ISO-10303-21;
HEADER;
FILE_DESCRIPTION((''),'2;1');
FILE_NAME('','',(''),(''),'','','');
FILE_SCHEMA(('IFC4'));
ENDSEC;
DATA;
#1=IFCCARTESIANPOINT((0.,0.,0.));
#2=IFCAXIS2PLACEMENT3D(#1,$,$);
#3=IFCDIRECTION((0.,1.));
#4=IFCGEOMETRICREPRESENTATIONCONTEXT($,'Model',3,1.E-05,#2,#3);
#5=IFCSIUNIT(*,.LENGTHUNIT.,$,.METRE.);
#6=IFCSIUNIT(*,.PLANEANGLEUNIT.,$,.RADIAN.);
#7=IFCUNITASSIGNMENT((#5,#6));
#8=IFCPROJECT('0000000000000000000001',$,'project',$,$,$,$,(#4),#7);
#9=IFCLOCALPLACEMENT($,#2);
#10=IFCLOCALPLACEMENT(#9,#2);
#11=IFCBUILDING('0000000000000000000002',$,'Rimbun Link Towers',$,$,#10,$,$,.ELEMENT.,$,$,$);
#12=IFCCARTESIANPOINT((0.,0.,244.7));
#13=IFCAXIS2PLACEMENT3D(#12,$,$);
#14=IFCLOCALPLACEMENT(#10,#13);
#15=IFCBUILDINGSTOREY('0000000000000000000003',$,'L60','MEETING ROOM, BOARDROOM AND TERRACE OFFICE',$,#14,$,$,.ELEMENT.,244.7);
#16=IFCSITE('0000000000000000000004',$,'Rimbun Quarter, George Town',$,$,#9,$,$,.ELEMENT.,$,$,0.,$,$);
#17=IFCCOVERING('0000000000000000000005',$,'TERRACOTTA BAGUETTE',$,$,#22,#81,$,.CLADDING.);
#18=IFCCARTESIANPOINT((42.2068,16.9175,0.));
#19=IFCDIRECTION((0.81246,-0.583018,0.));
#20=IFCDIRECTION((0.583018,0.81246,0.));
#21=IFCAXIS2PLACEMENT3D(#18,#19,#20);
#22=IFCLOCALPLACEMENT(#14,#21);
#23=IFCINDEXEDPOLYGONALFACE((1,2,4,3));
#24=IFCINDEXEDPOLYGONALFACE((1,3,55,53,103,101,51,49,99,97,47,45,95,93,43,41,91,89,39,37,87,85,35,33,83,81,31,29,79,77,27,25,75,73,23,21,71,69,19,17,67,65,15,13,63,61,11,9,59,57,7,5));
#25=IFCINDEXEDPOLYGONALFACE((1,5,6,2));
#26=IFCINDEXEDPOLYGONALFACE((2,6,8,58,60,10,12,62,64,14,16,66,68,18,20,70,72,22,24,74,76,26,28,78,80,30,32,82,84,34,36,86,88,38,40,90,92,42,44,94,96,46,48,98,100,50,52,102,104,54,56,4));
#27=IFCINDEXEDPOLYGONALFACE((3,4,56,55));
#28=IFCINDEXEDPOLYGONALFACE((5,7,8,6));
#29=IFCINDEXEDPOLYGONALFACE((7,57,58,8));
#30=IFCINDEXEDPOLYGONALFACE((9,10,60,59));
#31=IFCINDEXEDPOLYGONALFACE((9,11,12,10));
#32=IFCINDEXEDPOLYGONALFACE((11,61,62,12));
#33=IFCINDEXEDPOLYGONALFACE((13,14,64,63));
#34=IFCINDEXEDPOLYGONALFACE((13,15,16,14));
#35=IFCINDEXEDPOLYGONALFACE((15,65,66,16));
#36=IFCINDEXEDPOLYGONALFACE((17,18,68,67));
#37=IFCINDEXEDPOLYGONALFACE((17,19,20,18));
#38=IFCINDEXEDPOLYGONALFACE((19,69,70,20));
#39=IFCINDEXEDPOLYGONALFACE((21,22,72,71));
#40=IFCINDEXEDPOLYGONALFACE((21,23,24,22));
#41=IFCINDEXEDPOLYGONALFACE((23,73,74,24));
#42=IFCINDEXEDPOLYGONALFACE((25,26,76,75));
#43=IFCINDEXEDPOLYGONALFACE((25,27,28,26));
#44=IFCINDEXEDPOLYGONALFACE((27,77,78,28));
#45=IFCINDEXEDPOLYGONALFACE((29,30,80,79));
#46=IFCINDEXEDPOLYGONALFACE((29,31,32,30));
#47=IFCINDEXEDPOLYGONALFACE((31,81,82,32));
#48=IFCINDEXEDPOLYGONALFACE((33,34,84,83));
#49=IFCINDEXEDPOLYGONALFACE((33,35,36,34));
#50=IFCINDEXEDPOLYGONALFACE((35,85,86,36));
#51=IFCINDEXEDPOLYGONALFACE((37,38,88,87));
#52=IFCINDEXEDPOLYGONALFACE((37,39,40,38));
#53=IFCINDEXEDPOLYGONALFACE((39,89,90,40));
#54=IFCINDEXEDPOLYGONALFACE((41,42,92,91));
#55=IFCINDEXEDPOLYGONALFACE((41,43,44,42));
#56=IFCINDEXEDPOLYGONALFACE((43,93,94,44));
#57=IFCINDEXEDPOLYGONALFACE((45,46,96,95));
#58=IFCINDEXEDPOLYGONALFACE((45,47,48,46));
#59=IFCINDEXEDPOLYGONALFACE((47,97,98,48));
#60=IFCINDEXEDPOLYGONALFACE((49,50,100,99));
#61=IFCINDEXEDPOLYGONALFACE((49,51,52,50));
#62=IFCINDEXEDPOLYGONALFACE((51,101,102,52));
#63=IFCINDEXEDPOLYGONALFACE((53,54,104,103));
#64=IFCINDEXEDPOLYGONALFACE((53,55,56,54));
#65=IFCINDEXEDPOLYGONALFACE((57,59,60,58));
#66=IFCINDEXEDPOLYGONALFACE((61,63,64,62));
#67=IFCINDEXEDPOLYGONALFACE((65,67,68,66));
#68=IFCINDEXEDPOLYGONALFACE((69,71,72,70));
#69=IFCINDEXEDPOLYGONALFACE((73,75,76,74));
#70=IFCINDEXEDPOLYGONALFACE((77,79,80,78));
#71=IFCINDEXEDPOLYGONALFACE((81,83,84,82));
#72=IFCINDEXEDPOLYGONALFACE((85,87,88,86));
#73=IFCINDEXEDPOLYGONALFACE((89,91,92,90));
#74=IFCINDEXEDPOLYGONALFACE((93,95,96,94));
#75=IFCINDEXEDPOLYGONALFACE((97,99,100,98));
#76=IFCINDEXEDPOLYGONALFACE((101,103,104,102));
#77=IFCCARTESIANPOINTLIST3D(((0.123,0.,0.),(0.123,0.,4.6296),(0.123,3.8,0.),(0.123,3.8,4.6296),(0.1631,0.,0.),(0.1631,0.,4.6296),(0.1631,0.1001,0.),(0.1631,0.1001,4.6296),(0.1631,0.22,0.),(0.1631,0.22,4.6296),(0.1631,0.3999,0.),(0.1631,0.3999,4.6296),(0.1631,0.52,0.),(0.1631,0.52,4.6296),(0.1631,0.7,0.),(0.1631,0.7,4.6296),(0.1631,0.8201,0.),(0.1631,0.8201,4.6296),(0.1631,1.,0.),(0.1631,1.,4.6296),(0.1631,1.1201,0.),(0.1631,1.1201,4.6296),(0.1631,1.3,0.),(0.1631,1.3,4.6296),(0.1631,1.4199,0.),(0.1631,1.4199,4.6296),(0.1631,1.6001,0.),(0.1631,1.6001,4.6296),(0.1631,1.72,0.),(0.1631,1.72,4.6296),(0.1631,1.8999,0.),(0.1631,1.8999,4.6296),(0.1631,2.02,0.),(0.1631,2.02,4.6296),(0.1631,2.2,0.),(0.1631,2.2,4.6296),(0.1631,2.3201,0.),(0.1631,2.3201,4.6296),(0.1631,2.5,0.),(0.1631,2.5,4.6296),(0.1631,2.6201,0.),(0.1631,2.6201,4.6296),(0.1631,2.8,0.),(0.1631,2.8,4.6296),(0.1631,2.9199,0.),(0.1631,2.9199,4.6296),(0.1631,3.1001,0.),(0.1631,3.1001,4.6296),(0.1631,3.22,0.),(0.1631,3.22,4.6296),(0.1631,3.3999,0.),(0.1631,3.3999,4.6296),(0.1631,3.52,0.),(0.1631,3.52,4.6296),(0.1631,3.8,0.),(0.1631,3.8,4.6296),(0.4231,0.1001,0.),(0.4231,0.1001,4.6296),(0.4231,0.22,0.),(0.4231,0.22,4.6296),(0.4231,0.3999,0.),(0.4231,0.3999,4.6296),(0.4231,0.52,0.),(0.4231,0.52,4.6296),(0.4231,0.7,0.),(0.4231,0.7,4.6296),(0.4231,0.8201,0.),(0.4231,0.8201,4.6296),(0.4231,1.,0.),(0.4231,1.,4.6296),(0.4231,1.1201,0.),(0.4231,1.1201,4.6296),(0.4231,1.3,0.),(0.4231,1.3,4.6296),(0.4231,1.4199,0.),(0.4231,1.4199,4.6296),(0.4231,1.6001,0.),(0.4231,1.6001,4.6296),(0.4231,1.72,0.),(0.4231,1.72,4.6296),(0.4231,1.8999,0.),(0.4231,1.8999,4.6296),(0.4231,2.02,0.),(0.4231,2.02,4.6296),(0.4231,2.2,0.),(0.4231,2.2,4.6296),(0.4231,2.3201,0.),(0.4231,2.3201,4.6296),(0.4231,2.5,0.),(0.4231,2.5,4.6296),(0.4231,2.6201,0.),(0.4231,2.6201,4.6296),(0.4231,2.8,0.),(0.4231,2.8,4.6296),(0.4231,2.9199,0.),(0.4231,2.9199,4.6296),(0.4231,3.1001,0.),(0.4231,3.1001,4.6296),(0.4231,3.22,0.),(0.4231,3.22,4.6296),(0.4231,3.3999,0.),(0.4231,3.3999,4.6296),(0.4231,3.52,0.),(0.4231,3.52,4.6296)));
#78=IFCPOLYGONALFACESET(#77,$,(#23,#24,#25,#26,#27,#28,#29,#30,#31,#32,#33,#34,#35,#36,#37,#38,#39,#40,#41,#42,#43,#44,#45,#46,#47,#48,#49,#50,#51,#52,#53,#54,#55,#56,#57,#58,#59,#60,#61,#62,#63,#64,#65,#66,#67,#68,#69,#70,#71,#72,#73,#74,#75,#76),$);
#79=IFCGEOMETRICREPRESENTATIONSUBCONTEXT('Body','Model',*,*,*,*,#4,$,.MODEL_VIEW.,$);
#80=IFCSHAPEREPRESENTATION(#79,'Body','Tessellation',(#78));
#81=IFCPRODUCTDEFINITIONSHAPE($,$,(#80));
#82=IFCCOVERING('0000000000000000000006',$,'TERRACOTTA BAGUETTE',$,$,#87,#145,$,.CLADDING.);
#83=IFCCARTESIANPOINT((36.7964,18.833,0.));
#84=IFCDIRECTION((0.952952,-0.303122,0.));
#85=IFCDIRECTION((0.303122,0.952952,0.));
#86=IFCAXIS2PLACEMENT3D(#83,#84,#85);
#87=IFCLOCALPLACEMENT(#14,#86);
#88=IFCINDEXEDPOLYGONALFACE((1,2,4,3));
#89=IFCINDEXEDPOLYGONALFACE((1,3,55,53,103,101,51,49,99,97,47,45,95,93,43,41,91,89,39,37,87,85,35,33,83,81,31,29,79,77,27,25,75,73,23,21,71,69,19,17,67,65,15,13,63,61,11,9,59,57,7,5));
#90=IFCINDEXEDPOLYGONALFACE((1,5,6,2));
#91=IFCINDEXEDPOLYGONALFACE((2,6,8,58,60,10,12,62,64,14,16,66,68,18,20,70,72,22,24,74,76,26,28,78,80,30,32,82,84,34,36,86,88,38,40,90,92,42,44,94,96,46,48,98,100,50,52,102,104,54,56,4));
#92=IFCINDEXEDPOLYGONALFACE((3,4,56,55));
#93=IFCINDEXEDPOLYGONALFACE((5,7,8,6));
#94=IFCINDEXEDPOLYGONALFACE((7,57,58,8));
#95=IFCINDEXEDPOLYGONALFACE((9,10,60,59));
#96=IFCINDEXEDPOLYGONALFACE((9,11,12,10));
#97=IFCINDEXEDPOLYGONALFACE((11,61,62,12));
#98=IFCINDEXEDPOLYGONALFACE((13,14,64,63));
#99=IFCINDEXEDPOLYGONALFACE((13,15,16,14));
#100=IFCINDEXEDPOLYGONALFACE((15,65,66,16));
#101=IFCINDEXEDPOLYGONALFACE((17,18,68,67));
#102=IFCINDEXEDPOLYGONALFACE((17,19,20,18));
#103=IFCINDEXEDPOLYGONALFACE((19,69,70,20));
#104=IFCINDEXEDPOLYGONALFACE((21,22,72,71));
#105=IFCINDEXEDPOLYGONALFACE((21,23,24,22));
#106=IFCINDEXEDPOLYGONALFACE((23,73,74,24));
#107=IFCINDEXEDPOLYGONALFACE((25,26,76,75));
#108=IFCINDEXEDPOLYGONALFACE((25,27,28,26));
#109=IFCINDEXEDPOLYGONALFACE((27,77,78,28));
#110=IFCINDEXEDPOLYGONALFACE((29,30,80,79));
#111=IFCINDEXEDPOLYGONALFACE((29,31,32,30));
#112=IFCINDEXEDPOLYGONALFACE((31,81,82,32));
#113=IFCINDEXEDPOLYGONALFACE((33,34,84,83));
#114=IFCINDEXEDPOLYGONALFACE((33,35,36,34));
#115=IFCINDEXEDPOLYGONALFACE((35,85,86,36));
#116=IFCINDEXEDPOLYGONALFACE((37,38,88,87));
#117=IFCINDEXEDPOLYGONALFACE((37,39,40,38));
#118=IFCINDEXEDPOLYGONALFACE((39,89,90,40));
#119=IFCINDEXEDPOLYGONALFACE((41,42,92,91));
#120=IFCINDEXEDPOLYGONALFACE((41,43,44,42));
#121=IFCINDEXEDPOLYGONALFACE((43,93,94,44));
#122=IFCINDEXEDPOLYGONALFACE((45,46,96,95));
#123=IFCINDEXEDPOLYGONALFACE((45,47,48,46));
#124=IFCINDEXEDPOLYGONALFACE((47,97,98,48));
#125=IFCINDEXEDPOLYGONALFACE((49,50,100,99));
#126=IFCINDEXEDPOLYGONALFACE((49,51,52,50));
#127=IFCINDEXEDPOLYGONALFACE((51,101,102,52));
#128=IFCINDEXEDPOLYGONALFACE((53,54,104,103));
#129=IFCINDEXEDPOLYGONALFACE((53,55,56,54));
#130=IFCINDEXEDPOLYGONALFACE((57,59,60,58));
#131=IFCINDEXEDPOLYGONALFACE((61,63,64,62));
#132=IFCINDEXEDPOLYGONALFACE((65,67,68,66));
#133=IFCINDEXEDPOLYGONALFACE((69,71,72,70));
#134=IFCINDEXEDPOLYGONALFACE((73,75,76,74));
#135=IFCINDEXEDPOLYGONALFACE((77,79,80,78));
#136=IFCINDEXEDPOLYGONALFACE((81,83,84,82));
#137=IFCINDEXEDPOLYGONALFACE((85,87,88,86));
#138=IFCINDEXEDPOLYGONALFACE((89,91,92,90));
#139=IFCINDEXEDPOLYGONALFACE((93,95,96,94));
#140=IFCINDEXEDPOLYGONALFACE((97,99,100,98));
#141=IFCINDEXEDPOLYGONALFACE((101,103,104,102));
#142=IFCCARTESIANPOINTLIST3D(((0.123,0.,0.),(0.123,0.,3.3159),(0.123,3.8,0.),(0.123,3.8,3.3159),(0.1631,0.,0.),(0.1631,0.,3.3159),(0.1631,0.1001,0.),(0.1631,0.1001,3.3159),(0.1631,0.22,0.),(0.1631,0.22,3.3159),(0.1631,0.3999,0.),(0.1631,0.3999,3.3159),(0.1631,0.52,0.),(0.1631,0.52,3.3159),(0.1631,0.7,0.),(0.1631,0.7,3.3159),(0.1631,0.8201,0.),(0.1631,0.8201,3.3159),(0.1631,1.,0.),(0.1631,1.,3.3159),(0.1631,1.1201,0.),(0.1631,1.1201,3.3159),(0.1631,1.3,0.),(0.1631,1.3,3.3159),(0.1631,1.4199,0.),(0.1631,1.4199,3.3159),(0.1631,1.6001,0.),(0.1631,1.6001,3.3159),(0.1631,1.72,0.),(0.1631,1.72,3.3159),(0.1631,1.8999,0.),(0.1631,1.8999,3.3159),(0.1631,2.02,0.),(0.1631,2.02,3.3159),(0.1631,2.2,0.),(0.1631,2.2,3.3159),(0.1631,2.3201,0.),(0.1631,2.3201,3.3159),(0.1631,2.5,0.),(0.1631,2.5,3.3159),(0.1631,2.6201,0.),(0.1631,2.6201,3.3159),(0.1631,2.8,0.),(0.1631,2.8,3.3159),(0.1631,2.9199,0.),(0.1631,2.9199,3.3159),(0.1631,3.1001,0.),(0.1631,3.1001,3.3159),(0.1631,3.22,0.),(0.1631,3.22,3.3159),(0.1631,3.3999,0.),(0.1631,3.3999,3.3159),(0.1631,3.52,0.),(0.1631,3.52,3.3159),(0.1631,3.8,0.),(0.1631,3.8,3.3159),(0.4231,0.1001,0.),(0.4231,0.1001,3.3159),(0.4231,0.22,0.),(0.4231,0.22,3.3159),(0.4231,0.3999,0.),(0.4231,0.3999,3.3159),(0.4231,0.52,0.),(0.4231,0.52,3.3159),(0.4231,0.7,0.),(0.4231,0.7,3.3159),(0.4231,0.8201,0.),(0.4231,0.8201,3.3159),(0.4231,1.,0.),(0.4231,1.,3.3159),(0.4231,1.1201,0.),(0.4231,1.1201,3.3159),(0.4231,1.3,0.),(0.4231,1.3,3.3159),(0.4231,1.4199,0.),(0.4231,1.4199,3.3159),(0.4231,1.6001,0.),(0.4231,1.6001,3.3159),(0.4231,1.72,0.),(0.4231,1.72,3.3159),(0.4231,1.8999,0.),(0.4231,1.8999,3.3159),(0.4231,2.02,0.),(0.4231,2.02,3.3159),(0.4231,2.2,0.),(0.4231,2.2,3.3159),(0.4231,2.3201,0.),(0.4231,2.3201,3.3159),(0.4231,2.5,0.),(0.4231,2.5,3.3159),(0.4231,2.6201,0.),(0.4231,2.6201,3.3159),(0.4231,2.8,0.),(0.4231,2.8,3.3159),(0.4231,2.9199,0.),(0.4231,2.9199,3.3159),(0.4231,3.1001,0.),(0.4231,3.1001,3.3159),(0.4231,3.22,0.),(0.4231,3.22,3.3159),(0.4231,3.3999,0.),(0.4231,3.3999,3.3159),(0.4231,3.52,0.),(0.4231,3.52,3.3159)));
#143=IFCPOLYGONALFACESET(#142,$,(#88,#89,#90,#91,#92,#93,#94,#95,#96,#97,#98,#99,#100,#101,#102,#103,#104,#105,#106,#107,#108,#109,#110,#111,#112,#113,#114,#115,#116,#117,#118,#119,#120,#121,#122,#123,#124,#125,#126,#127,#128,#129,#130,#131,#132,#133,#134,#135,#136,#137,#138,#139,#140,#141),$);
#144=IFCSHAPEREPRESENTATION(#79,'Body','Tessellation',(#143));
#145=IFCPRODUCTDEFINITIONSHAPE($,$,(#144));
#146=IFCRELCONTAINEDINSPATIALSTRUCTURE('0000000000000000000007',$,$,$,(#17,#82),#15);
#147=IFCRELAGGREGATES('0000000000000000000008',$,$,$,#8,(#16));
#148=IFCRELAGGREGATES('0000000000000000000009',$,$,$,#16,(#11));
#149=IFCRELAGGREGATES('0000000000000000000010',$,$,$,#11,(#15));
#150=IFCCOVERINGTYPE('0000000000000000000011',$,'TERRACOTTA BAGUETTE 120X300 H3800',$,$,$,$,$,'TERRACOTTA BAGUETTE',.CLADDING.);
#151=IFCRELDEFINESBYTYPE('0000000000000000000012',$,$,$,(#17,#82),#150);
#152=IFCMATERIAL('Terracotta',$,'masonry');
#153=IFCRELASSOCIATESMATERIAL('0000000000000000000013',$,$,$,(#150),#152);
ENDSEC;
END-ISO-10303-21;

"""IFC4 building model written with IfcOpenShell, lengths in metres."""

from ifc_helpers import new_model, si_unit, direction, frame, origin, place, context, subcontext, project, spatial, polyline, outline, extrude, material, material_profile, profile_set, type_object, element, save


model = new_model("IFC4")

# Units and contexts
model_context = context("Model", 3, precision=1e-05, world=origin(), true_north=direction((0.0, 1.0)))
body_context = subcontext(model_context, "Body", "Model", "MODEL_VIEW")
ifc_project = project(units=[si_unit("LENGTHUNIT", "METRE"), si_unit("PLANEANGLEUNIT", "RADIAN")], contexts=[model_context])

# Site, building, storey
site_placement = place(None, origin())
site = spatial("IfcSite", under=ifc_project, at=site_placement, Name="Rimbun Quarter, George Town", CompositionType="ELEMENT", RefElevation=0.0)
building_placement = place(site_placement, origin())
building = spatial("IfcBuilding", under=site, at=building_placement, Name="Rimbun Link Towers", CompositionType="ELEMENT")
storey_placement = place(building_placement, frame((0.0, 0.0, 244.7)))
storey = spatial("IfcBuildingStorey", under=building, at=storey_placement, Name="L60", Description="MEETING ROOM, BOARDROOM AND TERRACE OFFICE", CompositionType="ELEMENT", Elevation=244.7)

# Coverings
ifc_material_1 = material(Name="Terracotta", Category="masonry")
ifc_material_profile_1 = material_profile(ifc_material_1, outline(polyline([(0.123, 0.0), (0.1631, 0.0), (0.1631, 0.1001), (0.4231, 0.1001), (0.4231, 0.22), (0.1631, 0.22), (0.1631, 0.3999), (0.4231, 0.3999), (0.4231, 0.52), (0.1631, 0.52), (0.1631, 0.7), (0.4231, 0.7), (0.4231, 0.8201), (0.1631, 0.8201), (0.1631, 1.0), (0.4231, 1.0), (0.4231, 1.1201), (0.1631, 1.1201), (0.1631, 1.3), (0.4231, 1.3), (0.4231, 1.4199), (0.1631, 1.4199), (0.1631, 1.6001), (0.4231, 1.6001), (0.4231, 1.72), (0.1631, 1.72), (0.1631, 1.8999), (0.4231, 1.8999), (0.4231, 2.02), (0.1631, 2.02), (0.1631, 2.2), (0.4231, 2.2), (0.4231, 2.3201), (0.1631, 2.3201), (0.1631, 2.5), (0.4231, 2.5), (0.4231, 2.6201), (0.1631, 2.6201), (0.1631, 2.8), (0.4231, 2.8), (0.4231, 2.9199), (0.1631, 2.9199), (0.1631, 3.1001), (0.4231, 3.1001), (0.4231, 3.22), (0.1631, 3.22), (0.1631, 3.3999), (0.4231, 3.3999), (0.4231, 3.52), (0.1631, 3.52), (0.1631, 3.8), (0.123, 3.8), (0.123, 0.0)])), Name="BAGUETTE 120X300")
ifc_profile_set_1 = profile_set([ifc_material_profile_1], Name="Terracotta")
covering_type = type_object("IfcCoveringType", Name="TERRACOTTA BAGUETTE 120X300 H3800", ElementType="TERRACOTTA BAGUETTE", PredefinedType="CLADDING", material=ifc_profile_set_1)
covering_1_placement = place(storey_placement, frame((42.2068, 16.9175, 0.0), z_axis=(0.81246, -0.583018, 0.0), x_axis=(0.583018, 0.81246, 0.0)))
element("IfcCovering", 1, at=covering_1_placement, inside=storey, type_object=covering_type, Name="TERRACOTTA BAGUETTE", PredefinedType="CLADDING", context=body_context, shape_type="SweptSolid", body=[
    extrude(outline(polyline([(0.123, 0.0), (0.1631, 0.0), (0.1631, 0.1001), (0.4231, 0.1001), (0.4231, 0.22), (0.1631, 0.22), (0.1631, 0.3999), (0.4231, 0.3999), (0.4231, 0.52), (0.1631, 0.52), (0.1631, 0.7), (0.4231, 0.7), (0.4231, 0.8201), (0.1631, 0.8201), (0.1631, 1.0), (0.4231, 1.0), (0.4231, 1.1201), (0.1631, 1.1201), (0.1631, 1.3), (0.4231, 1.3), (0.4231, 1.4199), (0.1631, 1.4199), (0.1631, 1.6001), (0.4231, 1.6001), (0.4231, 1.72), (0.1631, 1.72), (0.1631, 1.8999), (0.4231, 1.8999), (0.4231, 2.02), (0.1631, 2.02), (0.1631, 2.2), (0.4231, 2.2), (0.4231, 2.3201), (0.1631, 2.3201), (0.1631, 2.5), (0.4231, 2.5), (0.4231, 2.6201), (0.1631, 2.6201), (0.1631, 2.8), (0.4231, 2.8), (0.4231, 2.9199), (0.1631, 2.9199), (0.1631, 3.1001), (0.4231, 3.1001), (0.4231, 3.22), (0.1631, 3.22), (0.1631, 3.3999), (0.4231, 3.3999), (0.4231, 3.52), (0.1631, 3.52), (0.1631, 3.8), (0.123, 3.8), (0.123, 0.0)])), origin(), (0.0, 0.0, 1.0), 4.6296),
])
covering_2_placement = place(storey_placement, frame((36.7964, 18.833, 0.0), z_axis=(0.952952, -0.303122, 0.0), x_axis=(0.303122, 0.952952, 0.0)))
element("IfcCovering", 2, at=covering_2_placement, inside=storey, type_object=covering_type, Name="TERRACOTTA BAGUETTE", PredefinedType="CLADDING", context=body_context, shape_type="SweptSolid", body=[
    extrude(outline(polyline([(0.123, 0.0), (0.1631, 0.0), (0.1631, 0.1001), (0.4231, 0.1001), (0.4231, 0.22), (0.1631, 0.22), (0.1631, 0.3999), (0.4231, 0.3999), (0.4231, 0.52), (0.1631, 0.52), (0.1631, 0.7), (0.4231, 0.7), (0.4231, 0.8201), (0.1631, 0.8201), (0.1631, 1.0), (0.4231, 1.0), (0.4231, 1.1201), (0.1631, 1.1201), (0.1631, 1.3), (0.4231, 1.3), (0.4231, 1.4199), (0.1631, 1.4199), (0.1631, 1.6001), (0.4231, 1.6001), (0.4231, 1.72), (0.1631, 1.72), (0.1631, 1.8999), (0.4231, 1.8999), (0.4231, 2.02), (0.1631, 2.02), (0.1631, 2.2), (0.4231, 2.2), (0.4231, 2.3201), (0.1631, 2.3201), (0.1631, 2.5), (0.4231, 2.5), (0.4231, 2.6201), (0.1631, 2.6201), (0.1631, 2.8), (0.4231, 2.8), (0.4231, 2.9199), (0.1631, 2.9199), (0.1631, 3.1001), (0.4231, 3.1001), (0.4231, 3.22), (0.1631, 3.22), (0.1631, 3.3999), (0.4231, 3.3999), (0.4231, 3.52), (0.1631, 3.52), (0.1631, 3.8), (0.123, 3.8), (0.123, 0.0)])), origin(), (0.0, 0.0, 1.0), 3.3159),
])

save(model, "model.ifc")
